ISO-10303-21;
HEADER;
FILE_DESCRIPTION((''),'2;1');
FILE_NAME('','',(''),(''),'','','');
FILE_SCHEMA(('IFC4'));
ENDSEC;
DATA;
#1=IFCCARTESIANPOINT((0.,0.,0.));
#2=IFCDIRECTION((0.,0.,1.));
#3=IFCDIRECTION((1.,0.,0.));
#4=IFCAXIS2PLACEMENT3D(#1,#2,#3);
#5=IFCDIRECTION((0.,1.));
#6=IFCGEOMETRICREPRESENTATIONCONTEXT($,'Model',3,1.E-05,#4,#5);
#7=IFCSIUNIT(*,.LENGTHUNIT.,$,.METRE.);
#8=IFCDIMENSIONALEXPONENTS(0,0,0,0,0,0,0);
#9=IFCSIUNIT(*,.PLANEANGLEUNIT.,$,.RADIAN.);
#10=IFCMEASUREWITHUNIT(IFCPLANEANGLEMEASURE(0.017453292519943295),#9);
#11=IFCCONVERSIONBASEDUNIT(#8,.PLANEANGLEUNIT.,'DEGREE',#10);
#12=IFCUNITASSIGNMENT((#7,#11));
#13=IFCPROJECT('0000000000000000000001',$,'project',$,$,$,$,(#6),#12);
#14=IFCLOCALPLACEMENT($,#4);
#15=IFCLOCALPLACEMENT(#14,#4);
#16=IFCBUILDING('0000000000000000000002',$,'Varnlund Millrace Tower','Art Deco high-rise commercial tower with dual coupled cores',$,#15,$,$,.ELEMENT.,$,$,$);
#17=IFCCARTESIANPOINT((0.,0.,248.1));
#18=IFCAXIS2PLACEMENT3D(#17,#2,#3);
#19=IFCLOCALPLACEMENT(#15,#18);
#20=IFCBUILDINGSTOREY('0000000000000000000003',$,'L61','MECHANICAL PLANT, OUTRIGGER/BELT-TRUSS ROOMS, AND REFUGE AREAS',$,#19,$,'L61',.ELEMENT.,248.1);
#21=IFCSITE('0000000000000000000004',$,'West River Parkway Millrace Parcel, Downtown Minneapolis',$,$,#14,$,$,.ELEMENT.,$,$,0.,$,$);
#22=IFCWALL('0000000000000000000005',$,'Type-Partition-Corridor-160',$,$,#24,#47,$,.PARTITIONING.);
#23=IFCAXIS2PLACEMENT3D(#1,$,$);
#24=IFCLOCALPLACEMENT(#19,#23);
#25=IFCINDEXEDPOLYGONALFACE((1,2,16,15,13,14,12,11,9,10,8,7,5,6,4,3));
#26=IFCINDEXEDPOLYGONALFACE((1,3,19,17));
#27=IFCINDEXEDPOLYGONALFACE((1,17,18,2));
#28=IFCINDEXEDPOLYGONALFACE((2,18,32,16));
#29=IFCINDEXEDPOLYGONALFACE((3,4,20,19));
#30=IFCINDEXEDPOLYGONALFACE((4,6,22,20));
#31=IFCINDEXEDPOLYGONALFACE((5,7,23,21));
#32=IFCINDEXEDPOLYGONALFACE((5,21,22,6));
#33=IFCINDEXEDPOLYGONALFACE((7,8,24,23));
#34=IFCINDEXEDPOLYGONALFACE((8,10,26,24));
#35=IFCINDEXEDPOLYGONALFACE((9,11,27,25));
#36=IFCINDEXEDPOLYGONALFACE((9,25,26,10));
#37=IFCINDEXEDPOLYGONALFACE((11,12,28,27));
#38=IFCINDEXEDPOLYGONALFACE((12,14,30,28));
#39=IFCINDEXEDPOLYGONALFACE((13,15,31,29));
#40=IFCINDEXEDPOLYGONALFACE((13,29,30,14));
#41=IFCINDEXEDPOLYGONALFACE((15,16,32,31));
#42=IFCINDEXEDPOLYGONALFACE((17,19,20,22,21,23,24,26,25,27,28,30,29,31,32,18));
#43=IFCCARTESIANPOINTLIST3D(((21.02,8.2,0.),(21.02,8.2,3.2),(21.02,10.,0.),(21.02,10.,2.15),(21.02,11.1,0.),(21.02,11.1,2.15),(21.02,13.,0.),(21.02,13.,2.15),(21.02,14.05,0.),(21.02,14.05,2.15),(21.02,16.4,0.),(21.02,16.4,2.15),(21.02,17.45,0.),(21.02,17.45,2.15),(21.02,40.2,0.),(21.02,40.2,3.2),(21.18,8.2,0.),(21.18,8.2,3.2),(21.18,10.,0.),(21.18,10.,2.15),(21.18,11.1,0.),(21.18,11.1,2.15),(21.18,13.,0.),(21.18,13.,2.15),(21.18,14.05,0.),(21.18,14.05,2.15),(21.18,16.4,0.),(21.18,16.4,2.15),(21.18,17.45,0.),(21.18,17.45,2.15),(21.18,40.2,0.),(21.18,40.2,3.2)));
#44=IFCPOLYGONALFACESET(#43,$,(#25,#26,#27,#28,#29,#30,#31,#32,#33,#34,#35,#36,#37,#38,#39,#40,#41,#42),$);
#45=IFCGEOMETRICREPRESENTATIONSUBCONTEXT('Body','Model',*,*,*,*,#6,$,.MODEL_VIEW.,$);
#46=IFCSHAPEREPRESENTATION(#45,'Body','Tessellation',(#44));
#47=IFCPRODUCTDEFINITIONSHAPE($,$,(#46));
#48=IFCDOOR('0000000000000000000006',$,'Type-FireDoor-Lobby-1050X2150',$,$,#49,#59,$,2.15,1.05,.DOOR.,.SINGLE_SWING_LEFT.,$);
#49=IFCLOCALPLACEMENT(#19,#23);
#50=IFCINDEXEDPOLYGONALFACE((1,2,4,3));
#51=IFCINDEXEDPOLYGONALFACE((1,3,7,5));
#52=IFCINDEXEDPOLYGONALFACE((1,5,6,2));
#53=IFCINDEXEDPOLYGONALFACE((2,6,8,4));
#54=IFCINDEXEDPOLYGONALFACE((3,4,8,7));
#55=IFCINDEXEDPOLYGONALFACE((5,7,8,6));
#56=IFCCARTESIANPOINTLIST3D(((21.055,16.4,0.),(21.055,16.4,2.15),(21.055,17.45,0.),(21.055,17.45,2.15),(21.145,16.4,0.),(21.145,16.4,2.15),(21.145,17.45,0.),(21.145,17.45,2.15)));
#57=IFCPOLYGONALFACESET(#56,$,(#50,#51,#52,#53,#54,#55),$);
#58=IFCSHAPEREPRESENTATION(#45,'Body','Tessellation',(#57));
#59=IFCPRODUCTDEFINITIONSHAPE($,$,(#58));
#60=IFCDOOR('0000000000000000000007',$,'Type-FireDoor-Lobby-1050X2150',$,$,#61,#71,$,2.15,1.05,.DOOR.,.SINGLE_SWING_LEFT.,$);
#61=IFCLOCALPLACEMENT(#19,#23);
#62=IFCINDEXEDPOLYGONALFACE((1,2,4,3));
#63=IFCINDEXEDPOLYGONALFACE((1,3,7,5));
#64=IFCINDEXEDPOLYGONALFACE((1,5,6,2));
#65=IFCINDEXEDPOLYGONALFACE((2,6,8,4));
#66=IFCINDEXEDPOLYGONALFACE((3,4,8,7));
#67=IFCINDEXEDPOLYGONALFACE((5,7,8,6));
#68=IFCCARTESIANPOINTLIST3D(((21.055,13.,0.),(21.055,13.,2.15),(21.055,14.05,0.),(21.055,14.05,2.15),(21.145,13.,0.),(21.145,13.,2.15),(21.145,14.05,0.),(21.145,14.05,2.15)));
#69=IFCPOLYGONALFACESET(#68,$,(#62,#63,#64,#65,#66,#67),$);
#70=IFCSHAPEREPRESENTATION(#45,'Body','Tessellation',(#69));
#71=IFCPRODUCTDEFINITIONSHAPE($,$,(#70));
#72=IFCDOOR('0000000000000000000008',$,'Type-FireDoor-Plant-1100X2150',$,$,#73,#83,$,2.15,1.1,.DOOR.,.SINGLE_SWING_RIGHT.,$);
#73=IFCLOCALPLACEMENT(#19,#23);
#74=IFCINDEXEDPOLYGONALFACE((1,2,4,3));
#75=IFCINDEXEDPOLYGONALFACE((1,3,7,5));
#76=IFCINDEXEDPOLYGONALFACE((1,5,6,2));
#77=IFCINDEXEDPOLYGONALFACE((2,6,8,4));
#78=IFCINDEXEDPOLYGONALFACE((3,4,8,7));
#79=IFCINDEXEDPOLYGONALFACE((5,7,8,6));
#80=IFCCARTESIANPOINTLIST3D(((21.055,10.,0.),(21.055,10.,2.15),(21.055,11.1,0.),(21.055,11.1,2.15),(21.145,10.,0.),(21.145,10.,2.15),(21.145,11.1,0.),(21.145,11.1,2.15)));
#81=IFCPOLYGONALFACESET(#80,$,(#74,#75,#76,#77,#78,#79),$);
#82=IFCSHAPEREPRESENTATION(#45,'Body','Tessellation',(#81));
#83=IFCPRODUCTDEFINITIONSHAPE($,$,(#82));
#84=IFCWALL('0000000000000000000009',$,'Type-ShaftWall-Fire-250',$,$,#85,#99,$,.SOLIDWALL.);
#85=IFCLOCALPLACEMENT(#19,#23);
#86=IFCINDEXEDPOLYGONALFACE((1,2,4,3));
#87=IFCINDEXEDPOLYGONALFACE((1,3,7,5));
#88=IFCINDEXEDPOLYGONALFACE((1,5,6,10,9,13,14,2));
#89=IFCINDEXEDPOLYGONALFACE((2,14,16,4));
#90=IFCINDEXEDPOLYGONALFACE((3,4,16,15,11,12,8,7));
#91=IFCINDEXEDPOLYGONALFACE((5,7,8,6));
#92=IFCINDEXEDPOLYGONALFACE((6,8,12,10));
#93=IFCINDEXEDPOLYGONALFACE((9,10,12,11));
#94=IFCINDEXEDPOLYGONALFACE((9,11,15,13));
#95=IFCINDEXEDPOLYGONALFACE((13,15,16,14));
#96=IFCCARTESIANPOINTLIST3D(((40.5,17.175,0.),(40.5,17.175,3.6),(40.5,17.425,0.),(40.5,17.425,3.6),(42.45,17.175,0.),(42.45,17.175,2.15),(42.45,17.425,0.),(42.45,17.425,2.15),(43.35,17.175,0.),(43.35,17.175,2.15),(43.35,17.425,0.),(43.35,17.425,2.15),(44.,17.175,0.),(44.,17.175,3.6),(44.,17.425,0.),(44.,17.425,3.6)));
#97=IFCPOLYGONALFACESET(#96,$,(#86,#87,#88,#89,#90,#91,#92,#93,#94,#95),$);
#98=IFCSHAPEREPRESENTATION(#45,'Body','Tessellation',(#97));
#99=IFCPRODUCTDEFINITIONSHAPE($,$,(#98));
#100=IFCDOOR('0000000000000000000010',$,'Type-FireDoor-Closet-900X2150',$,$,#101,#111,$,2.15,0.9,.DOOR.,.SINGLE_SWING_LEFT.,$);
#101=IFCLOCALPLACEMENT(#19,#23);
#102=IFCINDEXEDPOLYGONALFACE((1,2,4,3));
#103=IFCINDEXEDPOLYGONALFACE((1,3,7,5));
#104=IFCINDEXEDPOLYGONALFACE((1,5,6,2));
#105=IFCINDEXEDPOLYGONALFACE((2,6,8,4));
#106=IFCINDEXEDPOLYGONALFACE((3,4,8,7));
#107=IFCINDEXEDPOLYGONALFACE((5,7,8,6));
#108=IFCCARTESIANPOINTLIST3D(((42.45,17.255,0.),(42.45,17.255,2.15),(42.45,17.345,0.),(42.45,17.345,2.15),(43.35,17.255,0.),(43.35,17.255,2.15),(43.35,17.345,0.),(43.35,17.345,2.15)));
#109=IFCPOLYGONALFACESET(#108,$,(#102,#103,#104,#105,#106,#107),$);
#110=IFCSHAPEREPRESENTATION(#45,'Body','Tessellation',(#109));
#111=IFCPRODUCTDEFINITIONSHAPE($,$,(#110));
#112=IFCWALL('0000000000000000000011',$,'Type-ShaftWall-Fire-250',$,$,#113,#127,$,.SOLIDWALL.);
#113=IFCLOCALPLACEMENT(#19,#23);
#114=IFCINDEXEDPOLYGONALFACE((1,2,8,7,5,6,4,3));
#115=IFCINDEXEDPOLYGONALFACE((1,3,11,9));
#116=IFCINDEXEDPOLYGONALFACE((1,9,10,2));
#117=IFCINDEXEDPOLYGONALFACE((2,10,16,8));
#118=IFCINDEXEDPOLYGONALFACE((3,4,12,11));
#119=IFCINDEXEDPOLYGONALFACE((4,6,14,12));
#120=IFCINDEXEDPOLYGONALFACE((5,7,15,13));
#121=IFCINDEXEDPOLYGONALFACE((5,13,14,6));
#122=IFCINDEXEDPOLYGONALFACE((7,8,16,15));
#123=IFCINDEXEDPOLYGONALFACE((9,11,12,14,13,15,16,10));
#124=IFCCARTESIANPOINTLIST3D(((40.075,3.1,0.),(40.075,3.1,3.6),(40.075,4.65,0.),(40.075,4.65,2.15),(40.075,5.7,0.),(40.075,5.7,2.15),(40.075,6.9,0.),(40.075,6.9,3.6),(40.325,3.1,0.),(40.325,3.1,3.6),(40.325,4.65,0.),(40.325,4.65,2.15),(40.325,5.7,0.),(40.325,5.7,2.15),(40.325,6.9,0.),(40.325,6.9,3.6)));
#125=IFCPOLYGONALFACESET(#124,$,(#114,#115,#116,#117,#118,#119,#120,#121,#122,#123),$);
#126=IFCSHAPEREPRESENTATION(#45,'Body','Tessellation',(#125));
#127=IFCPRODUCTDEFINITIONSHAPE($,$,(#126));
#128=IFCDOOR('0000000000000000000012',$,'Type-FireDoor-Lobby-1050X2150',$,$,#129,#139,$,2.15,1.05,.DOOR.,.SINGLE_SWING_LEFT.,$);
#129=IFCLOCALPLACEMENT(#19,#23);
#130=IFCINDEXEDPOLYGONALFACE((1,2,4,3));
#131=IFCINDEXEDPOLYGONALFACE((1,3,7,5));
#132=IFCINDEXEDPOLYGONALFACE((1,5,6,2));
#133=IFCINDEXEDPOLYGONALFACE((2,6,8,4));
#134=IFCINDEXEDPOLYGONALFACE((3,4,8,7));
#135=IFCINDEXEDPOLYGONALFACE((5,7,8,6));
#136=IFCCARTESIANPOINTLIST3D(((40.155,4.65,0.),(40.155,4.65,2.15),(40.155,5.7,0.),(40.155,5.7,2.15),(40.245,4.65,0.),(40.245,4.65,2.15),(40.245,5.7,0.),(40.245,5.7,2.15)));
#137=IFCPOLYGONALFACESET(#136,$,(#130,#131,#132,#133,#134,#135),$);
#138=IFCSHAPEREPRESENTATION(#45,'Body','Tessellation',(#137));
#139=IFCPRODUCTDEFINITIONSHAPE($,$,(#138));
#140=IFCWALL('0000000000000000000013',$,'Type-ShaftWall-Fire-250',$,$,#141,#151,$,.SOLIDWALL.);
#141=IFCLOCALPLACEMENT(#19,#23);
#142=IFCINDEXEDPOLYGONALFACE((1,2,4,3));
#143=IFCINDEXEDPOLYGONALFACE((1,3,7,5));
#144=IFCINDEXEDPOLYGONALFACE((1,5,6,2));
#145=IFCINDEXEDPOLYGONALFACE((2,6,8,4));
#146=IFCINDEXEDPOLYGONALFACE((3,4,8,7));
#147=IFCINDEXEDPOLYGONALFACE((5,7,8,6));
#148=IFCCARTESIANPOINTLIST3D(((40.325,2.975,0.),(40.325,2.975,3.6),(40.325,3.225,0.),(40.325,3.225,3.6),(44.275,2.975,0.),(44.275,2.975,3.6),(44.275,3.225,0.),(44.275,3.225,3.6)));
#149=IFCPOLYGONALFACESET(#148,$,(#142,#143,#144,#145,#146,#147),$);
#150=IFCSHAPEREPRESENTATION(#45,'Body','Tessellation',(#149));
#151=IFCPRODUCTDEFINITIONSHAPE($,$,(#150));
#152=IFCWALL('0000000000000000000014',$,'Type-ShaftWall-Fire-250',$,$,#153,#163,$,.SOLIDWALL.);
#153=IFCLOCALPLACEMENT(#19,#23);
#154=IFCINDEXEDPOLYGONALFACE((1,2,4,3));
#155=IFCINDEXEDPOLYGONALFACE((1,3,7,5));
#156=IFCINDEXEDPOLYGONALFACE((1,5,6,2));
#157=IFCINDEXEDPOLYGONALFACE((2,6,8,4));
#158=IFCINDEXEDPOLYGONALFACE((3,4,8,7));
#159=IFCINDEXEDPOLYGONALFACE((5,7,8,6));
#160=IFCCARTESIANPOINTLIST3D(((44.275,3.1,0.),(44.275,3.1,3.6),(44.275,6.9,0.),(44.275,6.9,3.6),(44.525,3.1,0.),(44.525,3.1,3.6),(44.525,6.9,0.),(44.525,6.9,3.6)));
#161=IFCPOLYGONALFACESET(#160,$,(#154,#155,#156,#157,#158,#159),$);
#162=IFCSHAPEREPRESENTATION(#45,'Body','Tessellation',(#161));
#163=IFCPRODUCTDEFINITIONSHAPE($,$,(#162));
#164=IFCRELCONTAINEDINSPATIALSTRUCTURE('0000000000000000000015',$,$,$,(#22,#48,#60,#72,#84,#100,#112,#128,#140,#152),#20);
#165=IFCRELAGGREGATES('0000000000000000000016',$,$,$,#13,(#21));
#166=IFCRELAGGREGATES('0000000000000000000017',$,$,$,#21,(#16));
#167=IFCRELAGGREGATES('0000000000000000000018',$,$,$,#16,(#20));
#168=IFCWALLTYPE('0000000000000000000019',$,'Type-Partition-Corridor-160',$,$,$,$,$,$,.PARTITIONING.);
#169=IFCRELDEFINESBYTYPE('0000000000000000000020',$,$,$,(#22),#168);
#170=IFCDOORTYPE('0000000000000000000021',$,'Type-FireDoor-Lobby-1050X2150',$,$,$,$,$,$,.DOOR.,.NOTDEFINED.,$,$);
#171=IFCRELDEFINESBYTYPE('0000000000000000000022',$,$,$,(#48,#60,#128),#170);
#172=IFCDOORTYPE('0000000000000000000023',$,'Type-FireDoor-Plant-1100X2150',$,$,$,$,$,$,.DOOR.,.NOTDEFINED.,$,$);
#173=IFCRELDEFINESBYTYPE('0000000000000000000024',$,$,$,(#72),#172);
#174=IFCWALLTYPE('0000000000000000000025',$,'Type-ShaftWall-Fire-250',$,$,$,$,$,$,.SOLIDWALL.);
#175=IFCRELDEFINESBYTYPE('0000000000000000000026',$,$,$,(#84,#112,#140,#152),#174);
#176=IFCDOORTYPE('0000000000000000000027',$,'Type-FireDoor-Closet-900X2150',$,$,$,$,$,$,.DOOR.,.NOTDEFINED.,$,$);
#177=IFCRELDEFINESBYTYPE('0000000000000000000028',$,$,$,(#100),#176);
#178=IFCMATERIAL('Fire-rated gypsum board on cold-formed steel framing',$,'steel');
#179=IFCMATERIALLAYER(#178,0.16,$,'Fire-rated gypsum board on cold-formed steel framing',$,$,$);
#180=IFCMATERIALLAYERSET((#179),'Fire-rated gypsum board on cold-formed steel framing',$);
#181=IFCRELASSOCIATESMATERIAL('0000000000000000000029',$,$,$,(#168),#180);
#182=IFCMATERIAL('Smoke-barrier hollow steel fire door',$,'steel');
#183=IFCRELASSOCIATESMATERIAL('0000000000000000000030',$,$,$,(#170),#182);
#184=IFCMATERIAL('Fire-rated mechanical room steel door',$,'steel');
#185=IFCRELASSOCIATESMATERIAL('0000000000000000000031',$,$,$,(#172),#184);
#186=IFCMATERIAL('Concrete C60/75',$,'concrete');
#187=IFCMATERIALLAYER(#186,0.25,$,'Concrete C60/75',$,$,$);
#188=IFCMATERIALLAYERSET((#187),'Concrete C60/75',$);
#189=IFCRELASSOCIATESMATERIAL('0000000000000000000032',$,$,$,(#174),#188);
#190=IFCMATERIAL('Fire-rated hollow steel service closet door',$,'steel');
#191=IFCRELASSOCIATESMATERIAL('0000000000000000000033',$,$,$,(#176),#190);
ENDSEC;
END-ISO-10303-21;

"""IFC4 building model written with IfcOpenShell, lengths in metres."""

from ifc_helpers import new_model, entity, si_unit, converted_unit, direction, frame, origin_with_axes, origin_2d_with_axis, place, context, subcontext, project, spatial, polyline, rectangle, outline, extrude, material, layer, layer_set, type_object, element, fill, save


model = new_model("IFC4")

# Units and contexts
model_context = context("Model", 3, precision=1e-05, world=origin_with_axes(), true_north=direction((0.0, 1.0)))
body_context = subcontext(model_context, "Body", "Model", "MODEL_VIEW")
ifc_project = project(units=[si_unit("LENGTHUNIT", "METRE"), converted_unit("PLANEANGLEUNIT", "DEGREE", entity("IfcPlaneAngleMeasure", 0.017453292519943295), si_unit("PLANEANGLEUNIT", "RADIAN"), dimensions=[0, 0, 0, 0, 0, 0, 0])], contexts=[model_context])

# Site, building, storey
site_placement = place(None, origin_with_axes())
site = spatial("IfcSite", under=ifc_project, at=site_placement, Name="West River Parkway Millrace Parcel, Downtown Minneapolis", CompositionType="ELEMENT", RefElevation=0.0)
building_placement = place(site_placement, origin_with_axes())
building = spatial("IfcBuilding", under=site, at=building_placement, Name="Varnlund Millrace Tower", Description="Art Deco high-rise commercial tower with dual coupled cores", CompositionType="ELEMENT")
storey_placement = place(building_placement, frame((0.0, 0.0, 248.1), z_axis=(0.0, 0.0, 1.0), x_axis=(1.0, 0.0, 0.0)))
storey = spatial("IfcBuildingStorey", under=building, at=storey_placement, Name="L61", Description="MECHANICAL PLANT, OUTRIGGER/BELT-TRUSS ROOMS, AND REFUGE AREAS", LongName="L61", CompositionType="ELEMENT", Elevation=248.1)

# Wall, openings, doors
ifc_material_1 = material(Name="Fire-rated gypsum board on cold-formed steel framing", Category="steel")
ifc_layer_1 = layer(ifc_material_1, 0.16, Name="Fire-rated gypsum board on cold-formed steel framing")
ifc_layer_set_1 = layer_set([ifc_layer_1], Name="Fire-rated gypsum board on cold-formed steel framing")
wall_type_1 = type_object("IfcWallType", Name="Type-Partition-Corridor-160", PredefinedType="PARTITIONING", material=ifc_layer_set_1)
wall_1_placement = place(storey_placement, frame((21.1, 8.2, 0.0), z_axis=(0.0, 0.0, 1.0), x_axis=(0.0, 1.0, 0.0)))
wall_1 = element("IfcWall", 1, at=wall_1_placement, inside=storey, type_object=wall_type_1, Name="Type-Partition-Corridor-160", PredefinedType="PARTITIONING", context=body_context, shape_type="SweptSolid", body=[
    extrude(outline(polyline([(0.0, -0.08), (32.0, -0.08), (32.0, 0.08), (0.0, 0.08), (0.0, -0.08)])), origin_with_axes(), (0.0, 0.0, 1.0), 3.2),
])
opening_1_placement = place(wall_1_placement, frame((8.725, 0.0, 0.0), z_axis=(0.0, 0.0, 1.0), x_axis=(1.0, 0.0, 0.0)))
opening_1 = element("IfcOpeningElement", 2, at=opening_1_placement, cuts=wall_1, PredefinedType="OPENING", context=body_context, shape_type="SweptSolid", body=[
    extrude(rectangle(XDim=1.05, YDim=0.18, at=origin_2d_with_axis()), origin_with_axes(), (0.0, 0.0, 1.0), 2.15),
])
opening_2_placement = place(wall_1_placement, frame((5.325, 0.0, 0.0), z_axis=(0.0, 0.0, 1.0), x_axis=(1.0, 0.0, 0.0)))
opening_2 = element("IfcOpeningElement", 3, at=opening_2_placement, cuts=wall_1, PredefinedType="OPENING", context=body_context, shape_type="SweptSolid", body=[
    extrude(rectangle(XDim=1.05, YDim=0.18, at=origin_2d_with_axis()), origin_with_axes(), (0.0, 0.0, 1.0), 2.15),
])
opening_3_placement = place(wall_1_placement, frame((2.35, 0.0, 0.0), z_axis=(0.0, 0.0, 1.0), x_axis=(1.0, 0.0, 0.0)))
opening_3 = element("IfcOpeningElement", 4, at=opening_3_placement, cuts=wall_1, PredefinedType="OPENING", context=body_context, shape_type="SweptSolid", body=[
    extrude(rectangle(XDim=1.1, YDim=0.18, at=origin_2d_with_axis()), origin_with_axes(), (0.0, 0.0, 1.0), 2.15),
])
ifc_material_2 = material(Name="Smoke-barrier hollow steel fire door", Category="steel")
door_type_1 = type_object("IfcDoorType", Name="Type-FireDoor-Lobby-1050X2150", OperationType="NOTDEFINED", PredefinedType="DOOR", material=ifc_material_2)
door_1_placement = place(wall_1_placement, frame((8.725, 0.0, 0.0), z_axis=(0.0, 0.0, 1.0), x_axis=(1.0, 0.0, 0.0)))
door_1 = element("IfcDoor", 5, at=door_1_placement, inside=storey, type_object=door_type_1, Name="Type-FireDoor-Lobby-1050X2150", OperationType="SINGLE_SWING_LEFT", OverallHeight=2.15, OverallWidth=1.05, PredefinedType="DOOR", context=body_context, shape_type="SweptSolid", body=[
    extrude(rectangle(XDim=1.05, YDim=0.09, at=origin_2d_with_axis()), origin_with_axes(), (0.0, 0.0, 1.0), 2.15),
])
fill(opening_1, door_1)
door_2_placement = place(wall_1_placement, frame((5.325, 0.0, 0.0), z_axis=(0.0, 0.0, 1.0), x_axis=(1.0, 0.0, 0.0)))
door_2 = element("IfcDoor", 6, at=door_2_placement, inside=storey, type_object=door_type_1, Name="Type-FireDoor-Lobby-1050X2150", OperationType="SINGLE_SWING_LEFT", OverallHeight=2.15, OverallWidth=1.05, PredefinedType="DOOR", context=body_context, shape_type="SweptSolid", body=[
    extrude(rectangle(XDim=1.05, YDim=0.09, at=origin_2d_with_axis()), origin_with_axes(), (0.0, 0.0, 1.0), 2.15),
])
fill(opening_2, door_2)
ifc_material_3 = material(Name="Fire-rated mechanical room steel door", Category="steel")
door_type_2 = type_object("IfcDoorType", Name="Type-FireDoor-Plant-1100X2150", OperationType="NOTDEFINED", PredefinedType="DOOR", material=ifc_material_3)
door_3_placement = place(wall_1_placement, frame((2.35, 0.0, 0.0), z_axis=(0.0, 0.0, 1.0), x_axis=(1.0, 0.0, 0.0)))
door_3 = element("IfcDoor", 7, at=door_3_placement, inside=storey, type_object=door_type_2, Name="Type-FireDoor-Plant-1100X2150", OperationType="SINGLE_SWING_RIGHT", OverallHeight=2.15, OverallWidth=1.1, PredefinedType="DOOR", context=body_context, shape_type="SweptSolid", body=[
    extrude(rectangle(XDim=1.1, YDim=0.09, at=origin_2d_with_axis()), origin_with_axes(), (0.0, 0.0, 1.0), 2.15),
])
fill(opening_3, door_3)

# Walls, openings, doors
ifc_material_4 = material(Name="Concrete C60/75", Category="concrete")
ifc_layer_2 = layer(ifc_material_4, 0.25, Name="Concrete C60/75")
ifc_layer_set_2 = layer_set([ifc_layer_2], Name="Concrete C60/75")
wall_type_2 = type_object("IfcWallType", Name="Type-ShaftWall-Fire-250", PredefinedType="SOLIDWALL", material=ifc_layer_set_2)
wall_2_placement = place(storey_placement, frame((40.5, 17.3, 0.0), z_axis=(0.0, 0.0, 1.0), x_axis=(1.0, 0.0, 0.0)))
wall_2 = element("IfcWall", 8, at=wall_2_placement, inside=storey, type_object=wall_type_2, Name="Type-ShaftWall-Fire-250", PredefinedType="SOLIDWALL", context=body_context, shape_type="SweptSolid", body=[
    extrude(outline(polyline([(0.0, -0.125), (3.5, -0.125), (3.5, 0.125), (0.0, 0.125), (0.0, -0.125)])), origin_with_axes(), (0.0, 0.0, 1.0), 3.6),
])
opening_4_placement = place(wall_2_placement, frame((2.4, 0.0, 0.0), z_axis=(0.0, 0.0, 1.0), x_axis=(1.0, 0.0, 0.0)))
opening_4 = element("IfcOpeningElement", 9, at=opening_4_placement, cuts=wall_2, PredefinedType="OPENING", context=body_context, shape_type="SweptSolid", body=[
    extrude(rectangle(XDim=0.9, YDim=0.27, at=origin_2d_with_axis()), origin_with_axes(), (0.0, 0.0, 1.0), 2.15),
])
ifc_material_5 = material(Name="Fire-rated hollow steel service closet door", Category="steel")
door_type_3 = type_object("IfcDoorType", Name="Type-FireDoor-Closet-900X2150", OperationType="NOTDEFINED", PredefinedType="DOOR", material=ifc_material_5)
door_4_placement = place(wall_2_placement, frame((2.4, 0.0, 0.0), z_axis=(0.0, 0.0, 1.0), x_axis=(1.0, 0.0, 0.0)))
door_4 = element("IfcDoor", 10, at=door_4_placement, inside=storey, type_object=door_type_3, Name="Type-FireDoor-Closet-900X2150", OperationType="SINGLE_SWING_LEFT", OverallHeight=2.15, OverallWidth=0.9, PredefinedType="DOOR", context=body_context, shape_type="SweptSolid", body=[
    extrude(rectangle(XDim=0.9, YDim=0.09, at=origin_2d_with_axis()), origin_with_axes(), (0.0, 0.0, 1.0), 2.15),
])
fill(opening_4, door_4)
wall_3_placement = place(storey_placement, frame((40.2, 3.1, 0.0), z_axis=(0.0, 0.0, 1.0), x_axis=(0.0, 1.0, 0.0)))
wall_3 = element("IfcWall", 11, at=wall_3_placement, inside=storey, type_object=wall_type_2, Name="Type-ShaftWall-Fire-250", PredefinedType="SOLIDWALL", context=body_context, shape_type="SweptSolid", body=[
    extrude(outline(polyline([(0.0, -0.125), (3.8, -0.125), (3.8, 0.125), (0.0, 0.125), (0.0, -0.125)])), origin_with_axes(), (0.0, 0.0, 1.0), 3.6),
])
opening_5_placement = place(wall_3_placement, frame((2.075, 0.0, 0.0), z_axis=(0.0, 0.0, 1.0), x_axis=(1.0, 0.0, 0.0)))
opening_5 = element("IfcOpeningElement", 12, at=opening_5_placement, cuts=wall_3, PredefinedType="OPENING", context=body_context, shape_type="SweptSolid", body=[
    extrude(rectangle(XDim=1.05, YDim=0.27, at=origin_2d_with_axis()), origin_with_axes(), (0.0, 0.0, 1.0), 2.15),
])
door_5_placement = place(wall_3_placement, frame((2.075, 0.0, 0.0), z_axis=(0.0, 0.0, 1.0), x_axis=(1.0, 0.0, 0.0)))
door_5 = element("IfcDoor", 13, at=door_5_placement, inside=storey, type_object=door_type_1, Name="Type-FireDoor-Lobby-1050X2150", OperationType="SINGLE_SWING_LEFT", OverallHeight=2.15, OverallWidth=1.05, PredefinedType="DOOR", context=body_context, shape_type="SweptSolid", body=[
    extrude(rectangle(XDim=1.05, YDim=0.09, at=origin_2d_with_axis()), origin_with_axes(), (0.0, 0.0, 1.0), 2.15),
])
fill(opening_5, door_5)

# Walls
wall_4_placement = place(storey_placement, frame((40.325, 3.1, 0.0), z_axis=(0.0, 0.0, 1.0), x_axis=(1.0, 0.0, 0.0)))
element("IfcWall", 14, at=wall_4_placement, inside=storey, type_object=wall_type_2, Name="Type-ShaftWall-Fire-250", PredefinedType="SOLIDWALL", context=body_context, shape_type="SweptSolid", body=[
    extrude(outline(polyline([(0.0, -0.125), (3.95, -0.125), (3.95, 0.125), (0.0, 0.125), (0.0, -0.125)])), origin_with_axes(), (0.0, 0.0, 1.0), 3.6),
])
wall_5_placement = place(storey_placement, frame((44.4, 3.1, 0.0), z_axis=(0.0, 0.0, 1.0), x_axis=(0.0, 1.0, 0.0)))
element("IfcWall", 15, at=wall_5_placement, inside=storey, type_object=wall_type_2, Name="Type-ShaftWall-Fire-250", PredefinedType="SOLIDWALL", context=body_context, shape_type="SweptSolid", body=[
    extrude(outline(polyline([(0.0, -0.125), (3.8, -0.125), (3.8, 0.125), (0.0, 0.125), (0.0, -0.125)])), origin_with_axes(), (0.0, 0.0, 1.0), 3.6),
])

save(model, "model.ifc")
